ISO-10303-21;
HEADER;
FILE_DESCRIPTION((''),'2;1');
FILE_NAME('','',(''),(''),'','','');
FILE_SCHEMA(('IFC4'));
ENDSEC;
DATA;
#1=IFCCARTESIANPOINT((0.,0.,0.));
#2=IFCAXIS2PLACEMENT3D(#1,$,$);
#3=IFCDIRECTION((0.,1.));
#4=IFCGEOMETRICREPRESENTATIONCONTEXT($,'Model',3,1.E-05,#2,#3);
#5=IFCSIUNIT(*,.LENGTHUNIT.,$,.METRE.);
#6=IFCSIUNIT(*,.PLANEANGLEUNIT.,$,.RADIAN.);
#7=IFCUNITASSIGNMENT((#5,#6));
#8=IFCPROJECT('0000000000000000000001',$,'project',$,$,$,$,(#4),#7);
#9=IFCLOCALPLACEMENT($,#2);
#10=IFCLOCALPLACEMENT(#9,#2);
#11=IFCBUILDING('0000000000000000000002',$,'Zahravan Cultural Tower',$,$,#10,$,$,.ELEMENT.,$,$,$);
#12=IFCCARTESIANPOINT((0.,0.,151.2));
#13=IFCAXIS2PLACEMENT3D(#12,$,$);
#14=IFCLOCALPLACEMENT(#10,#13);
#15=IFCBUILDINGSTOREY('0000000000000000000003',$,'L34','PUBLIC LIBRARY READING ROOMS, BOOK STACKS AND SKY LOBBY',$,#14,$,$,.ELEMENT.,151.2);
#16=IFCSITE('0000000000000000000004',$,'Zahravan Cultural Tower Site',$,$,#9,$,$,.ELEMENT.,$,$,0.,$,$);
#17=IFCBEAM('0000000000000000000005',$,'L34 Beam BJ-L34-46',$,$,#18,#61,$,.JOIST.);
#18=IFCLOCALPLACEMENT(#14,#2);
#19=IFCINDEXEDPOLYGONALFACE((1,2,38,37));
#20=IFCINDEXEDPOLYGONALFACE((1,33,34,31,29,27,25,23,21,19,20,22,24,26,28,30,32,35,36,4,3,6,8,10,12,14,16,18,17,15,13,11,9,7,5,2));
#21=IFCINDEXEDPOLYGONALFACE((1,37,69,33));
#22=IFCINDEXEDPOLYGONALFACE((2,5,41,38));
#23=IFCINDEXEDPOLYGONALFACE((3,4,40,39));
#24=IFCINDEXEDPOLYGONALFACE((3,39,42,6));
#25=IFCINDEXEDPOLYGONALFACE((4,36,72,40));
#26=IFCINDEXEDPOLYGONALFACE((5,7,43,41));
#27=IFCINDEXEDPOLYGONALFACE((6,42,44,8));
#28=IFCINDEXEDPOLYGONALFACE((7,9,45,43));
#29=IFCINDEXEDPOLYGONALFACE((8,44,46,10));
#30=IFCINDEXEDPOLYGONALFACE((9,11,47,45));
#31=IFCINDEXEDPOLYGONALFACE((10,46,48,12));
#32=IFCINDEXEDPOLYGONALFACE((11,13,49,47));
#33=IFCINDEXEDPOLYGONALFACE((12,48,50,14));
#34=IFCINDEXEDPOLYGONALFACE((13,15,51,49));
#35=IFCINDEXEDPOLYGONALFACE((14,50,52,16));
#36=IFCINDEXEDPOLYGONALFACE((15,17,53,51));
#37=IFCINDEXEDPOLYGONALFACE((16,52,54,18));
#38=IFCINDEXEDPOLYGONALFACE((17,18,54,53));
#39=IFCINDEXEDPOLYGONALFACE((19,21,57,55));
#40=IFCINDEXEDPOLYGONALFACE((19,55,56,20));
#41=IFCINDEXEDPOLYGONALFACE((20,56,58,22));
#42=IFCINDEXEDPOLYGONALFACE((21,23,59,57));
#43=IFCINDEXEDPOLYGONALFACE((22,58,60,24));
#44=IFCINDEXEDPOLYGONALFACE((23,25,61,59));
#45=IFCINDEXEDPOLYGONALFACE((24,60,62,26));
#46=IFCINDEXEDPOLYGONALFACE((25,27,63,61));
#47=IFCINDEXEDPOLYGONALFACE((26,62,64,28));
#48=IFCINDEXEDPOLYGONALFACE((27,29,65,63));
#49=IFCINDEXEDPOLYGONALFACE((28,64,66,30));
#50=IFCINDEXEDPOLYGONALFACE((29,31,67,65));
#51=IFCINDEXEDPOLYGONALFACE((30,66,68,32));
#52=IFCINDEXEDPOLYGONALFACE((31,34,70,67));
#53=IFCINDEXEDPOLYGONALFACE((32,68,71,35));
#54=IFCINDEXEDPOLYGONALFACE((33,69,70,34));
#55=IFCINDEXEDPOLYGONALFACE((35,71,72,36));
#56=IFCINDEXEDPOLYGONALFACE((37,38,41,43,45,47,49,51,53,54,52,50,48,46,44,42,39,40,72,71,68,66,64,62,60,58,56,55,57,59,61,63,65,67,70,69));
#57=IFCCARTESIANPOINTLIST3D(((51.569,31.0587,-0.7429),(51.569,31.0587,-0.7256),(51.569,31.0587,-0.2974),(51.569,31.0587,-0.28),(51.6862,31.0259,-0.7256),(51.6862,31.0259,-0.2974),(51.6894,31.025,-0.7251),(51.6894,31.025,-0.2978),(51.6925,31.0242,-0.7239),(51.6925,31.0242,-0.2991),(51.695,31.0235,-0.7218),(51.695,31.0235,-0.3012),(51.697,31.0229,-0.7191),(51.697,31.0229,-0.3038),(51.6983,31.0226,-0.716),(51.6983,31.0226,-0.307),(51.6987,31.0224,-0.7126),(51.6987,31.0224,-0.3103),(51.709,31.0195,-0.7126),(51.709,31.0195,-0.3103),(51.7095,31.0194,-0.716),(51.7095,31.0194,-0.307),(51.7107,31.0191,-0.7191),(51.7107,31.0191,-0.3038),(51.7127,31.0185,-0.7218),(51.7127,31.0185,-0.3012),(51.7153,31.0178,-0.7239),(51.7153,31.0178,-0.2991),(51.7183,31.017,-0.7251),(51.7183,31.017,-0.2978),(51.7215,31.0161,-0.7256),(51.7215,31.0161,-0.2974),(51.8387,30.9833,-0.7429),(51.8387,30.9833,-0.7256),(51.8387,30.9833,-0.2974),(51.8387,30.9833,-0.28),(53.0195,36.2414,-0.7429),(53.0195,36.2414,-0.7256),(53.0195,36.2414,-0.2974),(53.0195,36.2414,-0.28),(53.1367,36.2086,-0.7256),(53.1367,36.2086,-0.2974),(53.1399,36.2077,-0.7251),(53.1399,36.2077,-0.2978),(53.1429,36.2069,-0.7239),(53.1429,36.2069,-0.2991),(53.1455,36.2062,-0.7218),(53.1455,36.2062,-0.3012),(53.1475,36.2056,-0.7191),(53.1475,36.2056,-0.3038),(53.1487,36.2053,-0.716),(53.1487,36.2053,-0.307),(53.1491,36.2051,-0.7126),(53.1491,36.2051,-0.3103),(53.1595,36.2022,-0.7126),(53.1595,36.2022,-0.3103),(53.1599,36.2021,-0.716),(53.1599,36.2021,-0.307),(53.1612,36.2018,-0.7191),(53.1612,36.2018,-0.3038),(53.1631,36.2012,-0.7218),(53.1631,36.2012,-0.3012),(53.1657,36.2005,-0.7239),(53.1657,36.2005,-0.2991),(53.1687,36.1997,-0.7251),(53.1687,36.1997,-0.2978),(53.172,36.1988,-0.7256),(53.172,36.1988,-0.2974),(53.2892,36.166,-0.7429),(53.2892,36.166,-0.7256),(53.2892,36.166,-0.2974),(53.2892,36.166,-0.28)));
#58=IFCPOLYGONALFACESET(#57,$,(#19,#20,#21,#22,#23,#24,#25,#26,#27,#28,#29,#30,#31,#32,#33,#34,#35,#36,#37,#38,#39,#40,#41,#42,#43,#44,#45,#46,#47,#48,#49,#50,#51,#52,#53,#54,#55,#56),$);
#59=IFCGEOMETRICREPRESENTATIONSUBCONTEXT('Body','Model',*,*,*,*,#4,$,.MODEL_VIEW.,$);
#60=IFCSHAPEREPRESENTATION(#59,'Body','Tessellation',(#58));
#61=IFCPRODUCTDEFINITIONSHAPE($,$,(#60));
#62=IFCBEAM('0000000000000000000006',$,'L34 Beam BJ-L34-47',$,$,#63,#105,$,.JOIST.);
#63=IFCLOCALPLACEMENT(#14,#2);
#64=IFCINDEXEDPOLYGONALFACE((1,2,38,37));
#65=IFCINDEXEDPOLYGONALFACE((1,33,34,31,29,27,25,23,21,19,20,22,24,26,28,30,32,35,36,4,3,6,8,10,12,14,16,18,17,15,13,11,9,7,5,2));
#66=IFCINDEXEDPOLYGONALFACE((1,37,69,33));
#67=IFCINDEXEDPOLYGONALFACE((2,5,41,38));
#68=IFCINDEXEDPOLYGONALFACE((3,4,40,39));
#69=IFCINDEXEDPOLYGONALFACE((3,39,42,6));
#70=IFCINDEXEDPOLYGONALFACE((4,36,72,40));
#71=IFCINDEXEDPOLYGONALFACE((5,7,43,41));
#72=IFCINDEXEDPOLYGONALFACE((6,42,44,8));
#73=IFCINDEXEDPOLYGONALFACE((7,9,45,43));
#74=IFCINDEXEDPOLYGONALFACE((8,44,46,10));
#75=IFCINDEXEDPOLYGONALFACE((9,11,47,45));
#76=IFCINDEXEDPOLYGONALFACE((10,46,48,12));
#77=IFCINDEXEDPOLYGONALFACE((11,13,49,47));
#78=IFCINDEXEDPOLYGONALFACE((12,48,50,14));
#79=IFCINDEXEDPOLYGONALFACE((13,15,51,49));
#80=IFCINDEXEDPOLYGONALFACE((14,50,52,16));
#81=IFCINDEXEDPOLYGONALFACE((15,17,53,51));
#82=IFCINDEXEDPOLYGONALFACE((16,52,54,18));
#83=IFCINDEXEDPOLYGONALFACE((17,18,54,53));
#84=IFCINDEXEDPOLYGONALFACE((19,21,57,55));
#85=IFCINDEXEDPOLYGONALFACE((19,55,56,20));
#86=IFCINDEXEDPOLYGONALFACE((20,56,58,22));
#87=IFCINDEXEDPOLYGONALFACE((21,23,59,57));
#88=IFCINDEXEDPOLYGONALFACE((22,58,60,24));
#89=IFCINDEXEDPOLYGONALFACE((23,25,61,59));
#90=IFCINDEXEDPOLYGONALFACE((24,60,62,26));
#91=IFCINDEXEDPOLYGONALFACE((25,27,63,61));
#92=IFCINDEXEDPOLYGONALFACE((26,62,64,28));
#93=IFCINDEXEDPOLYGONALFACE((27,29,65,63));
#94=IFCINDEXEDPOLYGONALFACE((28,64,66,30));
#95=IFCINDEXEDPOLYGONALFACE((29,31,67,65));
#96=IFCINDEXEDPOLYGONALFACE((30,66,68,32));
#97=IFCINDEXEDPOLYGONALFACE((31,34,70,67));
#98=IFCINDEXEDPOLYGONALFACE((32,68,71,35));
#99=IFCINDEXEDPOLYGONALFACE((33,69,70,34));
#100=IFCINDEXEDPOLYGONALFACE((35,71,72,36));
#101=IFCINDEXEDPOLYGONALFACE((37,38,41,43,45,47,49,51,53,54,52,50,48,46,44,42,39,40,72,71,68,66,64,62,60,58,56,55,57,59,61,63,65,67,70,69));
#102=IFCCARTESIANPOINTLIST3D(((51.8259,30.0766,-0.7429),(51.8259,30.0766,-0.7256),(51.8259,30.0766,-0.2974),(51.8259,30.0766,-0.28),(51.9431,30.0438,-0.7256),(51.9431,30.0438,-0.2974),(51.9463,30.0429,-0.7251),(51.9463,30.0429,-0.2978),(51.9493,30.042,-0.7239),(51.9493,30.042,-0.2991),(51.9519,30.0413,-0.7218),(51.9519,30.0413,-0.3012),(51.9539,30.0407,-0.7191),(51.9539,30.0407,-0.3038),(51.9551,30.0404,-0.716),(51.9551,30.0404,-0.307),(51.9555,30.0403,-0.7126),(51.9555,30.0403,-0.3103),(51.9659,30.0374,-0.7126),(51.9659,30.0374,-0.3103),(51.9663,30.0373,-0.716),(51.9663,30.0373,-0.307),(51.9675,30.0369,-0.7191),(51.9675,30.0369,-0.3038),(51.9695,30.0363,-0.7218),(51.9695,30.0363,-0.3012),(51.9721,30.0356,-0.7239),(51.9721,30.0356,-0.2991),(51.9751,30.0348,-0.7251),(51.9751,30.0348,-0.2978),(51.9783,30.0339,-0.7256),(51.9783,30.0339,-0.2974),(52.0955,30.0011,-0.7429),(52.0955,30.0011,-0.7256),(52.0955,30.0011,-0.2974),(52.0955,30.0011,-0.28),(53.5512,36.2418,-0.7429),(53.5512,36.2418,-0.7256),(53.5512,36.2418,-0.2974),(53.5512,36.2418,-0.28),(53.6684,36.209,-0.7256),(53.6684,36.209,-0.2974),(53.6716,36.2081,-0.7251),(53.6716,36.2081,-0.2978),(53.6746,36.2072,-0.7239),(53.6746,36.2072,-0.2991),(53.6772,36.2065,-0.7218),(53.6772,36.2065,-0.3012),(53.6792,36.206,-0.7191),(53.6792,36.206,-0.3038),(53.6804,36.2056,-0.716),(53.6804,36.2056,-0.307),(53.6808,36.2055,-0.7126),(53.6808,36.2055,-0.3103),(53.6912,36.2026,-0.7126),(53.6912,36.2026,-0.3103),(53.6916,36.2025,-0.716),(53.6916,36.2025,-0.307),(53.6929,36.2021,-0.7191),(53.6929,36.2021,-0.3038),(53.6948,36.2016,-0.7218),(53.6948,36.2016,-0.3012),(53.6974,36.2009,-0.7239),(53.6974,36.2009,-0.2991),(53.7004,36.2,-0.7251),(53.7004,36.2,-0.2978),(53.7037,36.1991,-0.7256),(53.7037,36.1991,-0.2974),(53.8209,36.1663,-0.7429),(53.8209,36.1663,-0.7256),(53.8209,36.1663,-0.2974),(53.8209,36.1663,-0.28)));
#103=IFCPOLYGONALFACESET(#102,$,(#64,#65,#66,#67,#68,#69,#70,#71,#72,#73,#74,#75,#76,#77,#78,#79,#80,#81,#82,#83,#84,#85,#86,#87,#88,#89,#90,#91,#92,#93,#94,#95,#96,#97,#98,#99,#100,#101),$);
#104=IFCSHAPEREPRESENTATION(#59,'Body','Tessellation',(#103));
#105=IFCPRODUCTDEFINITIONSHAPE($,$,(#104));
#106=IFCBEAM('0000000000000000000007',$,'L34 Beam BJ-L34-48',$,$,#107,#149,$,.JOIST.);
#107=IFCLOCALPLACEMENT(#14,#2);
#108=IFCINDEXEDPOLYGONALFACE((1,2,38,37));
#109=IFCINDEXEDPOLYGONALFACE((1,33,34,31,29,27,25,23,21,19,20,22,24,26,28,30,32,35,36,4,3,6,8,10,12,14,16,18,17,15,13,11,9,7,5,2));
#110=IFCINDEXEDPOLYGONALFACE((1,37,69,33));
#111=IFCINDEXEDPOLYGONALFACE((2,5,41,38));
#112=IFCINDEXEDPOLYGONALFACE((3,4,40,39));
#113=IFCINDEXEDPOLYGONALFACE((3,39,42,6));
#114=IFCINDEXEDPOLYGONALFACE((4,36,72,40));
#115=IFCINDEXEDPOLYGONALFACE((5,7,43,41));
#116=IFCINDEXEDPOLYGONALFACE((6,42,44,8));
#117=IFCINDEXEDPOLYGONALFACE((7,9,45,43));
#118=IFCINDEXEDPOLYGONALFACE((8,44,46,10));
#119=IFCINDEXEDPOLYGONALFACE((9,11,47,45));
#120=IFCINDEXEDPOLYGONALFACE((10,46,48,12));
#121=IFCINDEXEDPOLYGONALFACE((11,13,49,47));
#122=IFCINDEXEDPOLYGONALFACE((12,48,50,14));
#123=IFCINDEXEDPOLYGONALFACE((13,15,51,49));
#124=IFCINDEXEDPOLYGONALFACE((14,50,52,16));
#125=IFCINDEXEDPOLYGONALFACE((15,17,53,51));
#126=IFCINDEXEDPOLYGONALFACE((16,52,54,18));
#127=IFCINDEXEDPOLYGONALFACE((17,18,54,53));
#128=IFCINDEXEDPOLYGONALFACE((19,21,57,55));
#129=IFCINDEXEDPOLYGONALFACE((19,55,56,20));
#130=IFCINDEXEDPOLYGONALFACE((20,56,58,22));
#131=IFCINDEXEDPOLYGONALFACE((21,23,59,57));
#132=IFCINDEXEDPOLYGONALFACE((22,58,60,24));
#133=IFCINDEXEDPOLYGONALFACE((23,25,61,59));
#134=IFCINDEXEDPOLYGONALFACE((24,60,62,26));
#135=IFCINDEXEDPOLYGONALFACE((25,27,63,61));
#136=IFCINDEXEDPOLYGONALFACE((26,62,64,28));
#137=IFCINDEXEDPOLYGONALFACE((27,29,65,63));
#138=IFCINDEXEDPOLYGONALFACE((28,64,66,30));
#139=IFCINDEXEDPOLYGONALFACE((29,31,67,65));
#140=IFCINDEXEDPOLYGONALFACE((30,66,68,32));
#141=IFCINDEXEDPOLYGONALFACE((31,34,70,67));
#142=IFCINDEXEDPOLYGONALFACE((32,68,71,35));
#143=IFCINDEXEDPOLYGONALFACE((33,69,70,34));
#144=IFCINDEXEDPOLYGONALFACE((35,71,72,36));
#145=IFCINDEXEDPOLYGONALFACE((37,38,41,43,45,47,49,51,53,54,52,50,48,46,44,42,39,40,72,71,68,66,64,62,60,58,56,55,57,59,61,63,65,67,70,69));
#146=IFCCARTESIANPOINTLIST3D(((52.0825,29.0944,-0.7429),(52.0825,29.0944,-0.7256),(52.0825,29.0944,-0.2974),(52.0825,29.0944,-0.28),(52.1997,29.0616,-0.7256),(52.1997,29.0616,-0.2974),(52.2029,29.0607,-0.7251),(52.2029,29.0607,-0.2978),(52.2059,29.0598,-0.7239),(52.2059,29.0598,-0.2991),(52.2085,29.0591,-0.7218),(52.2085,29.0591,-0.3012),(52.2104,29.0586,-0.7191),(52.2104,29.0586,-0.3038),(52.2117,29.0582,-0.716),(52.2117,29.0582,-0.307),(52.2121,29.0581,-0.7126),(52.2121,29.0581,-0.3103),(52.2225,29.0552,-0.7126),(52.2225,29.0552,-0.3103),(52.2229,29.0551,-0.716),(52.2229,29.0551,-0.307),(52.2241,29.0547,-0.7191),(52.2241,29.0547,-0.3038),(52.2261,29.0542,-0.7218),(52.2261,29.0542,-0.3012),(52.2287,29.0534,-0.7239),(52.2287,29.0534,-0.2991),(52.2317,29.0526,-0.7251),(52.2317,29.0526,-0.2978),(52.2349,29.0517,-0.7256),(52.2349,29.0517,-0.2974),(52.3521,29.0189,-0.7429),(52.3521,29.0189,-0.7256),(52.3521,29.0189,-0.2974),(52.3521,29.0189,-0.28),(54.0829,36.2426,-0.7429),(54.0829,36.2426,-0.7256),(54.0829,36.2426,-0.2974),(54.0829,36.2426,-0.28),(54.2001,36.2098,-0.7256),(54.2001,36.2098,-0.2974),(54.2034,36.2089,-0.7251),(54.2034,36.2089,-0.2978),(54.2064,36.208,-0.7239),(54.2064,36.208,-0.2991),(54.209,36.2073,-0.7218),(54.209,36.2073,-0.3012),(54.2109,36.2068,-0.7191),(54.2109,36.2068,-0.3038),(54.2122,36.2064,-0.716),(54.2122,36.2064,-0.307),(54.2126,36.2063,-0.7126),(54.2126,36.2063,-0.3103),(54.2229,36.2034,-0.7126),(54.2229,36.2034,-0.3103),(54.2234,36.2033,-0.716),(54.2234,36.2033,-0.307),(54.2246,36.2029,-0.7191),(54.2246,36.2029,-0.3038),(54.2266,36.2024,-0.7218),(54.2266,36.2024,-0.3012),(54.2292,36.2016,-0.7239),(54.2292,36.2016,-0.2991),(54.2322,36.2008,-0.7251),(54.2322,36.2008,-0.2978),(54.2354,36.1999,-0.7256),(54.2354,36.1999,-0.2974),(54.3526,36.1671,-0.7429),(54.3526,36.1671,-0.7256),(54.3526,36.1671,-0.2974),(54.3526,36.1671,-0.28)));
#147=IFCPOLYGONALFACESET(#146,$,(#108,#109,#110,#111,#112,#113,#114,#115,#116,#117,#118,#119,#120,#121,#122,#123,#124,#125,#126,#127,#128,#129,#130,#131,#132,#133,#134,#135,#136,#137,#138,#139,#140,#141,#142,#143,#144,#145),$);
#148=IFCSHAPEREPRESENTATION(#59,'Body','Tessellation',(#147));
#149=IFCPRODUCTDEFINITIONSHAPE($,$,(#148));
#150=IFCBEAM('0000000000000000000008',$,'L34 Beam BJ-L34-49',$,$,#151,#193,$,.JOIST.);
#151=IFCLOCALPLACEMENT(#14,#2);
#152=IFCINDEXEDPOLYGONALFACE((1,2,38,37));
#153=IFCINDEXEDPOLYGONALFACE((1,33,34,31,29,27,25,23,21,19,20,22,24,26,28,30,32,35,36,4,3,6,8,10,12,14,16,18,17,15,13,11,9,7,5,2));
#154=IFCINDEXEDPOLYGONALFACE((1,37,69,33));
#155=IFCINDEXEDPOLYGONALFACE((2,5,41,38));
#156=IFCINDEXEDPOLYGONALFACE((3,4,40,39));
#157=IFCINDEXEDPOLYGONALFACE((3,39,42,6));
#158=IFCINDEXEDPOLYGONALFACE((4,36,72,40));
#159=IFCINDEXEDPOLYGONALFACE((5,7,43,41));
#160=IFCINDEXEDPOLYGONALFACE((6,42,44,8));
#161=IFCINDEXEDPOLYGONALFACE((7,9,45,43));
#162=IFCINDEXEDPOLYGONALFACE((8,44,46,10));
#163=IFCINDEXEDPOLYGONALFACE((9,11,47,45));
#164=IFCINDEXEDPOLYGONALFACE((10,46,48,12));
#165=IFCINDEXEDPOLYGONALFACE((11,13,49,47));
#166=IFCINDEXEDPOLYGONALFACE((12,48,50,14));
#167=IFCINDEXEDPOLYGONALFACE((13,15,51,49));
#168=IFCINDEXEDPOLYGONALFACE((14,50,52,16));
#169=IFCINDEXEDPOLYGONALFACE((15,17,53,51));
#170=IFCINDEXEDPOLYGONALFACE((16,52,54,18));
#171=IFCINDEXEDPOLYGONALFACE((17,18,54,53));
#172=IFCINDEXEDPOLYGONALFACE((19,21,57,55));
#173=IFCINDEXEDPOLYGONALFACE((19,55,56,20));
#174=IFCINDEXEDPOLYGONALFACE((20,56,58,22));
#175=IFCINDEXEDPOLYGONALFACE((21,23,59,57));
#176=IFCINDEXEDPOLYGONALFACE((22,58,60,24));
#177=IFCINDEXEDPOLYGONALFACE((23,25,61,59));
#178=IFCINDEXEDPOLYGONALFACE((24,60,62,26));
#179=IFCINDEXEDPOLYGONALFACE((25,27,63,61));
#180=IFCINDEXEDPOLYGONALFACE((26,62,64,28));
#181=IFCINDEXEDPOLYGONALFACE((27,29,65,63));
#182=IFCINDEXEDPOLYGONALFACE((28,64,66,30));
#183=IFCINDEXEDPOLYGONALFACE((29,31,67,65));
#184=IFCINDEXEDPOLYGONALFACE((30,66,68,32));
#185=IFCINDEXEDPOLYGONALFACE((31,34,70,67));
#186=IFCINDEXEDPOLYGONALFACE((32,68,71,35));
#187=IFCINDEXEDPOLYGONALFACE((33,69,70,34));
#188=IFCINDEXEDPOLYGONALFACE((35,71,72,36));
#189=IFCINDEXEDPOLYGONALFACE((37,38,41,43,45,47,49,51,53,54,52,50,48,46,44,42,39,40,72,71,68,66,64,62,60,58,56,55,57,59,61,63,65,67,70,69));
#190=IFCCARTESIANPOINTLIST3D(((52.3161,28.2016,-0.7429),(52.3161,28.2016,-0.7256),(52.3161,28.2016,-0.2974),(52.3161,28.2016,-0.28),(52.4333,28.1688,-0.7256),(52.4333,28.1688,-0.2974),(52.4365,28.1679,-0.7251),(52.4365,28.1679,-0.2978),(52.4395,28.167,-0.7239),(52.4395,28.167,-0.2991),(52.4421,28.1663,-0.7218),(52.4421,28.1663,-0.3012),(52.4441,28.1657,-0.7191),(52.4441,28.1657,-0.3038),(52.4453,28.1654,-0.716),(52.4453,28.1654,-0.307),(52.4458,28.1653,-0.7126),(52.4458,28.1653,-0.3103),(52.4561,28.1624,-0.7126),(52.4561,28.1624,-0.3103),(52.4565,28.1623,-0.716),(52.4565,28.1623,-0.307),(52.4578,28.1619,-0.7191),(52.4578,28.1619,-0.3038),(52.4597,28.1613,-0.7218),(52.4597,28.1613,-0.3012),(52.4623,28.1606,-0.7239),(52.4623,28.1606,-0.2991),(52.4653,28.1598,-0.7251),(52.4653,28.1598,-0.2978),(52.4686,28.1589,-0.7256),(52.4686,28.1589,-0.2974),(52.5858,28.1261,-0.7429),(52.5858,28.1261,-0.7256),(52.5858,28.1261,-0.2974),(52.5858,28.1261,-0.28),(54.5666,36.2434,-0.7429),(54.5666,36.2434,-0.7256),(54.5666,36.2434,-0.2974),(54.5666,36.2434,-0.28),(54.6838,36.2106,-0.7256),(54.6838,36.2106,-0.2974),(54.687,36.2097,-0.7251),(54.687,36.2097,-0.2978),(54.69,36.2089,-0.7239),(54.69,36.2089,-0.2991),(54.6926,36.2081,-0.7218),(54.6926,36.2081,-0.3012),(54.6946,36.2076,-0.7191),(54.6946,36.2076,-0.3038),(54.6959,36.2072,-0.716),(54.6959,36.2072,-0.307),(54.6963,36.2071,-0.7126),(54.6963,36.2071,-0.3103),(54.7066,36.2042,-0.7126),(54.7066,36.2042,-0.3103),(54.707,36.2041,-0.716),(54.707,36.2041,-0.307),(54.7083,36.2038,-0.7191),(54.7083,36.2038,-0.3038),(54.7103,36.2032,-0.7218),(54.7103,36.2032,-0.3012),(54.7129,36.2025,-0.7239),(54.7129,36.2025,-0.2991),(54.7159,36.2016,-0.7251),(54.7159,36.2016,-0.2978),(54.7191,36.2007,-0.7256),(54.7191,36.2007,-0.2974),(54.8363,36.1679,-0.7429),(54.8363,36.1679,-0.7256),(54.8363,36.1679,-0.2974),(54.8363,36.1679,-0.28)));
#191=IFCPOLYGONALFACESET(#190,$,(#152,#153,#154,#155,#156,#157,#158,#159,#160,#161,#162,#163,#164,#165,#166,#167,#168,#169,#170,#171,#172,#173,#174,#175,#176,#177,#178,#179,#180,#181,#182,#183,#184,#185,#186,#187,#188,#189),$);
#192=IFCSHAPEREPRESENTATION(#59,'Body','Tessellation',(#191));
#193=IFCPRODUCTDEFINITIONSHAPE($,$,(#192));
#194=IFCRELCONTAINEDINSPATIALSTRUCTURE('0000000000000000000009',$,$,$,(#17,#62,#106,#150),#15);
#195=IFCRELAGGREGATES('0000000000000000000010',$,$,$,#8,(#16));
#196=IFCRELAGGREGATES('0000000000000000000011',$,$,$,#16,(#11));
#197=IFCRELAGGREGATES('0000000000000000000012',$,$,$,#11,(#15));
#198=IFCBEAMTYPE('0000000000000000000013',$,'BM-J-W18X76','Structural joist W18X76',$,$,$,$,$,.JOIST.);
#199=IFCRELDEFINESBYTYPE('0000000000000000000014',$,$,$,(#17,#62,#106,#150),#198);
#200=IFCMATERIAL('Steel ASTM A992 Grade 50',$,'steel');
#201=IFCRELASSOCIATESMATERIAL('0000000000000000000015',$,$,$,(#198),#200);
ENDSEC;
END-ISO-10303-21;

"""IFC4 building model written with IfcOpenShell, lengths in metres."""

from ifc_helpers import new_model, si_unit, direction, frame, origin, origin_2d, place, context, subcontext, project, spatial, i_section, extrude, source, transform, mapped, material, material_profile, profile_set, type_object, element, save


model = new_model("IFC4")

# Units and contexts
model_context = context("Model", 3, precision=1e-05, world=origin(), true_north=direction((0.0, 1.0)))
body_context = subcontext(model_context, "Body", "Model", "MODEL_VIEW")
ifc_project = project(units=[si_unit("LENGTHUNIT", "METRE"), si_unit("PLANEANGLEUNIT", "RADIAN")], contexts=[model_context])

# Site, building, storey
site_placement = place(None, origin())
site = spatial("IfcSite", under=ifc_project, at=site_placement, Name="Zahravan Cultural Tower Site", CompositionType="ELEMENT", RefElevation=0.0)
building_placement = place(site_placement, origin())
building = spatial("IfcBuilding", under=site, at=building_placement, Name="Zahravan Cultural Tower", CompositionType="ELEMENT")
storey_placement = place(building_placement, frame((0.0, 0.0, 151.2)))
storey = spatial("IfcBuildingStorey", under=building, at=storey_placement, Name="L34", Description="PUBLIC LIBRARY READING ROOMS, BOOK STACKS AND SKY LOBBY", CompositionType="ELEMENT", Elevation=151.2)

# Shared definitions
ifc_material_1 = material(Name="Steel ASTM A992 Grade 50", Category="steel")

# Beams
ifc_material_profile_1 = material_profile(ifc_material_1, i_section(OverallWidth=0.28, OverallDepth=0.4629, WebThickness=0.0107, FlangeThickness=0.0173, FilletRadius=0.0129, at=origin_2d()), Name="W18X76")
ifc_profile_set_1 = profile_set([ifc_material_profile_1], Name="Steel ASTM A992 Grade 50")
beam_type_1 = type_object("IfcBeamType", Name="BM-J-W18X76", Description="Structural joist W18X76", PredefinedType="JOIST", material=ifc_profile_set_1)
shared_shape_1 = source(origin(), body_context, "Body", "SweptSolid", [
    extrude(i_section(OverallWidth=0.28, OverallDepth=0.4629, WebThickness=0.0107, FlangeThickness=0.0173, FilletRadius=0.0129, at=origin_2d()), origin(), (0.0, 0.0, 1.0), 5.3818),
])
beam_1_placement = place(storey_placement, frame((51.7039, 31.021, -0.5115), z_axis=(0.26951, 0.962997, 0.0), x_axis=(-0.962997, 0.26951, 0.0)))
element("IfcBeam", 1, at=beam_1_placement, inside=storey, type_object=beam_type_1, Name="L34 Beam BJ-L34-46", PredefinedType="JOIST", context=body_context, shape_type="MappedRepresentation", body=[
    mapped(shared_shape_1, transform((0.0, 0.0, 0.0), x_axis=(1.0, 0.0, 0.0), y_axis=(0.0, 1.0, 0.0), z_axis=(0.0, 0.0, 1.0), scale=1.0)),
])
shared_shape_2 = source(origin(), body_context, "Body", "SweptSolid", [
    extrude(i_section(OverallWidth=0.28, OverallDepth=0.4629, WebThickness=0.0107, FlangeThickness=0.0173, FilletRadius=0.0129, at=origin_2d()), origin(), (0.0, 0.0, 1.0), 6.4021),
])
beam_2_placement = place(storey_placement, frame((51.9607, 30.0388, -0.5115), z_axis=(0.269494, 0.963002, 0.0), x_axis=(-0.963002, 0.269494, 0.0)))
element("IfcBeam", 2, at=beam_2_placement, inside=storey, type_object=beam_type_1, Name="L34 Beam BJ-L34-47", PredefinedType="JOIST", context=body_context, shape_type="MappedRepresentation", body=[
    mapped(shared_shape_2, transform((0.0, 0.0, 0.0), x_axis=(1.0, 0.0, 0.0), y_axis=(0.0, 1.0, 0.0), z_axis=(0.0, 0.0, 1.0), scale=1.0)),
])
shared_shape_3 = source(origin(), body_context, "Body", "SweptSolid", [
    extrude(i_section(OverallWidth=0.28, OverallDepth=0.4629, WebThickness=0.0107, FlangeThickness=0.0173, FilletRadius=0.0129, at=origin_2d()), origin(), (0.0, 0.0, 1.0), 7.4229),
])
beam_3_placement = place(storey_placement, frame((52.2173, 29.0566, -0.5115), z_axis=(0.269504, 0.962999, 0.0), x_axis=(-0.962999, 0.269504, 0.0)))
element("IfcBeam", 3, at=beam_3_placement, inside=storey, type_object=beam_type_1, Name="L34 Beam BJ-L34-48", PredefinedType="JOIST", context=body_context, shape_type="MappedRepresentation", body=[
    mapped(shared_shape_3, transform((0.0, 0.0, 0.0), x_axis=(1.0, 0.0, 0.0), y_axis=(0.0, 1.0, 0.0), z_axis=(0.0, 0.0, 1.0), scale=1.0)),
])
shared_shape_4 = source(origin(), body_context, "Body", "SweptSolid", [
    extrude(i_section(OverallWidth=0.28, OverallDepth=0.4629, WebThickness=0.0107, FlangeThickness=0.0173, FilletRadius=0.0129, at=origin_2d()), origin(), (0.0, 0.0, 1.0), 8.3508),
])
beam_4_placement = place(storey_placement, frame((52.4509, 28.1638, -0.5115), z_axis=(0.269497, 0.963001, 0.0), x_axis=(-0.963001, 0.269497, 0.0)))
element("IfcBeam", 4, at=beam_4_placement, inside=storey, type_object=beam_type_1, Name="L34 Beam BJ-L34-49", PredefinedType="JOIST", context=body_context, shape_type="MappedRepresentation", body=[
    mapped(shared_shape_4, transform((0.0, 0.0, 0.0), x_axis=(1.0, 0.0, 0.0), y_axis=(0.0, 1.0, 0.0), z_axis=(0.0, 0.0, 1.0), scale=1.0)),
])

save(model, "model.ifc")
